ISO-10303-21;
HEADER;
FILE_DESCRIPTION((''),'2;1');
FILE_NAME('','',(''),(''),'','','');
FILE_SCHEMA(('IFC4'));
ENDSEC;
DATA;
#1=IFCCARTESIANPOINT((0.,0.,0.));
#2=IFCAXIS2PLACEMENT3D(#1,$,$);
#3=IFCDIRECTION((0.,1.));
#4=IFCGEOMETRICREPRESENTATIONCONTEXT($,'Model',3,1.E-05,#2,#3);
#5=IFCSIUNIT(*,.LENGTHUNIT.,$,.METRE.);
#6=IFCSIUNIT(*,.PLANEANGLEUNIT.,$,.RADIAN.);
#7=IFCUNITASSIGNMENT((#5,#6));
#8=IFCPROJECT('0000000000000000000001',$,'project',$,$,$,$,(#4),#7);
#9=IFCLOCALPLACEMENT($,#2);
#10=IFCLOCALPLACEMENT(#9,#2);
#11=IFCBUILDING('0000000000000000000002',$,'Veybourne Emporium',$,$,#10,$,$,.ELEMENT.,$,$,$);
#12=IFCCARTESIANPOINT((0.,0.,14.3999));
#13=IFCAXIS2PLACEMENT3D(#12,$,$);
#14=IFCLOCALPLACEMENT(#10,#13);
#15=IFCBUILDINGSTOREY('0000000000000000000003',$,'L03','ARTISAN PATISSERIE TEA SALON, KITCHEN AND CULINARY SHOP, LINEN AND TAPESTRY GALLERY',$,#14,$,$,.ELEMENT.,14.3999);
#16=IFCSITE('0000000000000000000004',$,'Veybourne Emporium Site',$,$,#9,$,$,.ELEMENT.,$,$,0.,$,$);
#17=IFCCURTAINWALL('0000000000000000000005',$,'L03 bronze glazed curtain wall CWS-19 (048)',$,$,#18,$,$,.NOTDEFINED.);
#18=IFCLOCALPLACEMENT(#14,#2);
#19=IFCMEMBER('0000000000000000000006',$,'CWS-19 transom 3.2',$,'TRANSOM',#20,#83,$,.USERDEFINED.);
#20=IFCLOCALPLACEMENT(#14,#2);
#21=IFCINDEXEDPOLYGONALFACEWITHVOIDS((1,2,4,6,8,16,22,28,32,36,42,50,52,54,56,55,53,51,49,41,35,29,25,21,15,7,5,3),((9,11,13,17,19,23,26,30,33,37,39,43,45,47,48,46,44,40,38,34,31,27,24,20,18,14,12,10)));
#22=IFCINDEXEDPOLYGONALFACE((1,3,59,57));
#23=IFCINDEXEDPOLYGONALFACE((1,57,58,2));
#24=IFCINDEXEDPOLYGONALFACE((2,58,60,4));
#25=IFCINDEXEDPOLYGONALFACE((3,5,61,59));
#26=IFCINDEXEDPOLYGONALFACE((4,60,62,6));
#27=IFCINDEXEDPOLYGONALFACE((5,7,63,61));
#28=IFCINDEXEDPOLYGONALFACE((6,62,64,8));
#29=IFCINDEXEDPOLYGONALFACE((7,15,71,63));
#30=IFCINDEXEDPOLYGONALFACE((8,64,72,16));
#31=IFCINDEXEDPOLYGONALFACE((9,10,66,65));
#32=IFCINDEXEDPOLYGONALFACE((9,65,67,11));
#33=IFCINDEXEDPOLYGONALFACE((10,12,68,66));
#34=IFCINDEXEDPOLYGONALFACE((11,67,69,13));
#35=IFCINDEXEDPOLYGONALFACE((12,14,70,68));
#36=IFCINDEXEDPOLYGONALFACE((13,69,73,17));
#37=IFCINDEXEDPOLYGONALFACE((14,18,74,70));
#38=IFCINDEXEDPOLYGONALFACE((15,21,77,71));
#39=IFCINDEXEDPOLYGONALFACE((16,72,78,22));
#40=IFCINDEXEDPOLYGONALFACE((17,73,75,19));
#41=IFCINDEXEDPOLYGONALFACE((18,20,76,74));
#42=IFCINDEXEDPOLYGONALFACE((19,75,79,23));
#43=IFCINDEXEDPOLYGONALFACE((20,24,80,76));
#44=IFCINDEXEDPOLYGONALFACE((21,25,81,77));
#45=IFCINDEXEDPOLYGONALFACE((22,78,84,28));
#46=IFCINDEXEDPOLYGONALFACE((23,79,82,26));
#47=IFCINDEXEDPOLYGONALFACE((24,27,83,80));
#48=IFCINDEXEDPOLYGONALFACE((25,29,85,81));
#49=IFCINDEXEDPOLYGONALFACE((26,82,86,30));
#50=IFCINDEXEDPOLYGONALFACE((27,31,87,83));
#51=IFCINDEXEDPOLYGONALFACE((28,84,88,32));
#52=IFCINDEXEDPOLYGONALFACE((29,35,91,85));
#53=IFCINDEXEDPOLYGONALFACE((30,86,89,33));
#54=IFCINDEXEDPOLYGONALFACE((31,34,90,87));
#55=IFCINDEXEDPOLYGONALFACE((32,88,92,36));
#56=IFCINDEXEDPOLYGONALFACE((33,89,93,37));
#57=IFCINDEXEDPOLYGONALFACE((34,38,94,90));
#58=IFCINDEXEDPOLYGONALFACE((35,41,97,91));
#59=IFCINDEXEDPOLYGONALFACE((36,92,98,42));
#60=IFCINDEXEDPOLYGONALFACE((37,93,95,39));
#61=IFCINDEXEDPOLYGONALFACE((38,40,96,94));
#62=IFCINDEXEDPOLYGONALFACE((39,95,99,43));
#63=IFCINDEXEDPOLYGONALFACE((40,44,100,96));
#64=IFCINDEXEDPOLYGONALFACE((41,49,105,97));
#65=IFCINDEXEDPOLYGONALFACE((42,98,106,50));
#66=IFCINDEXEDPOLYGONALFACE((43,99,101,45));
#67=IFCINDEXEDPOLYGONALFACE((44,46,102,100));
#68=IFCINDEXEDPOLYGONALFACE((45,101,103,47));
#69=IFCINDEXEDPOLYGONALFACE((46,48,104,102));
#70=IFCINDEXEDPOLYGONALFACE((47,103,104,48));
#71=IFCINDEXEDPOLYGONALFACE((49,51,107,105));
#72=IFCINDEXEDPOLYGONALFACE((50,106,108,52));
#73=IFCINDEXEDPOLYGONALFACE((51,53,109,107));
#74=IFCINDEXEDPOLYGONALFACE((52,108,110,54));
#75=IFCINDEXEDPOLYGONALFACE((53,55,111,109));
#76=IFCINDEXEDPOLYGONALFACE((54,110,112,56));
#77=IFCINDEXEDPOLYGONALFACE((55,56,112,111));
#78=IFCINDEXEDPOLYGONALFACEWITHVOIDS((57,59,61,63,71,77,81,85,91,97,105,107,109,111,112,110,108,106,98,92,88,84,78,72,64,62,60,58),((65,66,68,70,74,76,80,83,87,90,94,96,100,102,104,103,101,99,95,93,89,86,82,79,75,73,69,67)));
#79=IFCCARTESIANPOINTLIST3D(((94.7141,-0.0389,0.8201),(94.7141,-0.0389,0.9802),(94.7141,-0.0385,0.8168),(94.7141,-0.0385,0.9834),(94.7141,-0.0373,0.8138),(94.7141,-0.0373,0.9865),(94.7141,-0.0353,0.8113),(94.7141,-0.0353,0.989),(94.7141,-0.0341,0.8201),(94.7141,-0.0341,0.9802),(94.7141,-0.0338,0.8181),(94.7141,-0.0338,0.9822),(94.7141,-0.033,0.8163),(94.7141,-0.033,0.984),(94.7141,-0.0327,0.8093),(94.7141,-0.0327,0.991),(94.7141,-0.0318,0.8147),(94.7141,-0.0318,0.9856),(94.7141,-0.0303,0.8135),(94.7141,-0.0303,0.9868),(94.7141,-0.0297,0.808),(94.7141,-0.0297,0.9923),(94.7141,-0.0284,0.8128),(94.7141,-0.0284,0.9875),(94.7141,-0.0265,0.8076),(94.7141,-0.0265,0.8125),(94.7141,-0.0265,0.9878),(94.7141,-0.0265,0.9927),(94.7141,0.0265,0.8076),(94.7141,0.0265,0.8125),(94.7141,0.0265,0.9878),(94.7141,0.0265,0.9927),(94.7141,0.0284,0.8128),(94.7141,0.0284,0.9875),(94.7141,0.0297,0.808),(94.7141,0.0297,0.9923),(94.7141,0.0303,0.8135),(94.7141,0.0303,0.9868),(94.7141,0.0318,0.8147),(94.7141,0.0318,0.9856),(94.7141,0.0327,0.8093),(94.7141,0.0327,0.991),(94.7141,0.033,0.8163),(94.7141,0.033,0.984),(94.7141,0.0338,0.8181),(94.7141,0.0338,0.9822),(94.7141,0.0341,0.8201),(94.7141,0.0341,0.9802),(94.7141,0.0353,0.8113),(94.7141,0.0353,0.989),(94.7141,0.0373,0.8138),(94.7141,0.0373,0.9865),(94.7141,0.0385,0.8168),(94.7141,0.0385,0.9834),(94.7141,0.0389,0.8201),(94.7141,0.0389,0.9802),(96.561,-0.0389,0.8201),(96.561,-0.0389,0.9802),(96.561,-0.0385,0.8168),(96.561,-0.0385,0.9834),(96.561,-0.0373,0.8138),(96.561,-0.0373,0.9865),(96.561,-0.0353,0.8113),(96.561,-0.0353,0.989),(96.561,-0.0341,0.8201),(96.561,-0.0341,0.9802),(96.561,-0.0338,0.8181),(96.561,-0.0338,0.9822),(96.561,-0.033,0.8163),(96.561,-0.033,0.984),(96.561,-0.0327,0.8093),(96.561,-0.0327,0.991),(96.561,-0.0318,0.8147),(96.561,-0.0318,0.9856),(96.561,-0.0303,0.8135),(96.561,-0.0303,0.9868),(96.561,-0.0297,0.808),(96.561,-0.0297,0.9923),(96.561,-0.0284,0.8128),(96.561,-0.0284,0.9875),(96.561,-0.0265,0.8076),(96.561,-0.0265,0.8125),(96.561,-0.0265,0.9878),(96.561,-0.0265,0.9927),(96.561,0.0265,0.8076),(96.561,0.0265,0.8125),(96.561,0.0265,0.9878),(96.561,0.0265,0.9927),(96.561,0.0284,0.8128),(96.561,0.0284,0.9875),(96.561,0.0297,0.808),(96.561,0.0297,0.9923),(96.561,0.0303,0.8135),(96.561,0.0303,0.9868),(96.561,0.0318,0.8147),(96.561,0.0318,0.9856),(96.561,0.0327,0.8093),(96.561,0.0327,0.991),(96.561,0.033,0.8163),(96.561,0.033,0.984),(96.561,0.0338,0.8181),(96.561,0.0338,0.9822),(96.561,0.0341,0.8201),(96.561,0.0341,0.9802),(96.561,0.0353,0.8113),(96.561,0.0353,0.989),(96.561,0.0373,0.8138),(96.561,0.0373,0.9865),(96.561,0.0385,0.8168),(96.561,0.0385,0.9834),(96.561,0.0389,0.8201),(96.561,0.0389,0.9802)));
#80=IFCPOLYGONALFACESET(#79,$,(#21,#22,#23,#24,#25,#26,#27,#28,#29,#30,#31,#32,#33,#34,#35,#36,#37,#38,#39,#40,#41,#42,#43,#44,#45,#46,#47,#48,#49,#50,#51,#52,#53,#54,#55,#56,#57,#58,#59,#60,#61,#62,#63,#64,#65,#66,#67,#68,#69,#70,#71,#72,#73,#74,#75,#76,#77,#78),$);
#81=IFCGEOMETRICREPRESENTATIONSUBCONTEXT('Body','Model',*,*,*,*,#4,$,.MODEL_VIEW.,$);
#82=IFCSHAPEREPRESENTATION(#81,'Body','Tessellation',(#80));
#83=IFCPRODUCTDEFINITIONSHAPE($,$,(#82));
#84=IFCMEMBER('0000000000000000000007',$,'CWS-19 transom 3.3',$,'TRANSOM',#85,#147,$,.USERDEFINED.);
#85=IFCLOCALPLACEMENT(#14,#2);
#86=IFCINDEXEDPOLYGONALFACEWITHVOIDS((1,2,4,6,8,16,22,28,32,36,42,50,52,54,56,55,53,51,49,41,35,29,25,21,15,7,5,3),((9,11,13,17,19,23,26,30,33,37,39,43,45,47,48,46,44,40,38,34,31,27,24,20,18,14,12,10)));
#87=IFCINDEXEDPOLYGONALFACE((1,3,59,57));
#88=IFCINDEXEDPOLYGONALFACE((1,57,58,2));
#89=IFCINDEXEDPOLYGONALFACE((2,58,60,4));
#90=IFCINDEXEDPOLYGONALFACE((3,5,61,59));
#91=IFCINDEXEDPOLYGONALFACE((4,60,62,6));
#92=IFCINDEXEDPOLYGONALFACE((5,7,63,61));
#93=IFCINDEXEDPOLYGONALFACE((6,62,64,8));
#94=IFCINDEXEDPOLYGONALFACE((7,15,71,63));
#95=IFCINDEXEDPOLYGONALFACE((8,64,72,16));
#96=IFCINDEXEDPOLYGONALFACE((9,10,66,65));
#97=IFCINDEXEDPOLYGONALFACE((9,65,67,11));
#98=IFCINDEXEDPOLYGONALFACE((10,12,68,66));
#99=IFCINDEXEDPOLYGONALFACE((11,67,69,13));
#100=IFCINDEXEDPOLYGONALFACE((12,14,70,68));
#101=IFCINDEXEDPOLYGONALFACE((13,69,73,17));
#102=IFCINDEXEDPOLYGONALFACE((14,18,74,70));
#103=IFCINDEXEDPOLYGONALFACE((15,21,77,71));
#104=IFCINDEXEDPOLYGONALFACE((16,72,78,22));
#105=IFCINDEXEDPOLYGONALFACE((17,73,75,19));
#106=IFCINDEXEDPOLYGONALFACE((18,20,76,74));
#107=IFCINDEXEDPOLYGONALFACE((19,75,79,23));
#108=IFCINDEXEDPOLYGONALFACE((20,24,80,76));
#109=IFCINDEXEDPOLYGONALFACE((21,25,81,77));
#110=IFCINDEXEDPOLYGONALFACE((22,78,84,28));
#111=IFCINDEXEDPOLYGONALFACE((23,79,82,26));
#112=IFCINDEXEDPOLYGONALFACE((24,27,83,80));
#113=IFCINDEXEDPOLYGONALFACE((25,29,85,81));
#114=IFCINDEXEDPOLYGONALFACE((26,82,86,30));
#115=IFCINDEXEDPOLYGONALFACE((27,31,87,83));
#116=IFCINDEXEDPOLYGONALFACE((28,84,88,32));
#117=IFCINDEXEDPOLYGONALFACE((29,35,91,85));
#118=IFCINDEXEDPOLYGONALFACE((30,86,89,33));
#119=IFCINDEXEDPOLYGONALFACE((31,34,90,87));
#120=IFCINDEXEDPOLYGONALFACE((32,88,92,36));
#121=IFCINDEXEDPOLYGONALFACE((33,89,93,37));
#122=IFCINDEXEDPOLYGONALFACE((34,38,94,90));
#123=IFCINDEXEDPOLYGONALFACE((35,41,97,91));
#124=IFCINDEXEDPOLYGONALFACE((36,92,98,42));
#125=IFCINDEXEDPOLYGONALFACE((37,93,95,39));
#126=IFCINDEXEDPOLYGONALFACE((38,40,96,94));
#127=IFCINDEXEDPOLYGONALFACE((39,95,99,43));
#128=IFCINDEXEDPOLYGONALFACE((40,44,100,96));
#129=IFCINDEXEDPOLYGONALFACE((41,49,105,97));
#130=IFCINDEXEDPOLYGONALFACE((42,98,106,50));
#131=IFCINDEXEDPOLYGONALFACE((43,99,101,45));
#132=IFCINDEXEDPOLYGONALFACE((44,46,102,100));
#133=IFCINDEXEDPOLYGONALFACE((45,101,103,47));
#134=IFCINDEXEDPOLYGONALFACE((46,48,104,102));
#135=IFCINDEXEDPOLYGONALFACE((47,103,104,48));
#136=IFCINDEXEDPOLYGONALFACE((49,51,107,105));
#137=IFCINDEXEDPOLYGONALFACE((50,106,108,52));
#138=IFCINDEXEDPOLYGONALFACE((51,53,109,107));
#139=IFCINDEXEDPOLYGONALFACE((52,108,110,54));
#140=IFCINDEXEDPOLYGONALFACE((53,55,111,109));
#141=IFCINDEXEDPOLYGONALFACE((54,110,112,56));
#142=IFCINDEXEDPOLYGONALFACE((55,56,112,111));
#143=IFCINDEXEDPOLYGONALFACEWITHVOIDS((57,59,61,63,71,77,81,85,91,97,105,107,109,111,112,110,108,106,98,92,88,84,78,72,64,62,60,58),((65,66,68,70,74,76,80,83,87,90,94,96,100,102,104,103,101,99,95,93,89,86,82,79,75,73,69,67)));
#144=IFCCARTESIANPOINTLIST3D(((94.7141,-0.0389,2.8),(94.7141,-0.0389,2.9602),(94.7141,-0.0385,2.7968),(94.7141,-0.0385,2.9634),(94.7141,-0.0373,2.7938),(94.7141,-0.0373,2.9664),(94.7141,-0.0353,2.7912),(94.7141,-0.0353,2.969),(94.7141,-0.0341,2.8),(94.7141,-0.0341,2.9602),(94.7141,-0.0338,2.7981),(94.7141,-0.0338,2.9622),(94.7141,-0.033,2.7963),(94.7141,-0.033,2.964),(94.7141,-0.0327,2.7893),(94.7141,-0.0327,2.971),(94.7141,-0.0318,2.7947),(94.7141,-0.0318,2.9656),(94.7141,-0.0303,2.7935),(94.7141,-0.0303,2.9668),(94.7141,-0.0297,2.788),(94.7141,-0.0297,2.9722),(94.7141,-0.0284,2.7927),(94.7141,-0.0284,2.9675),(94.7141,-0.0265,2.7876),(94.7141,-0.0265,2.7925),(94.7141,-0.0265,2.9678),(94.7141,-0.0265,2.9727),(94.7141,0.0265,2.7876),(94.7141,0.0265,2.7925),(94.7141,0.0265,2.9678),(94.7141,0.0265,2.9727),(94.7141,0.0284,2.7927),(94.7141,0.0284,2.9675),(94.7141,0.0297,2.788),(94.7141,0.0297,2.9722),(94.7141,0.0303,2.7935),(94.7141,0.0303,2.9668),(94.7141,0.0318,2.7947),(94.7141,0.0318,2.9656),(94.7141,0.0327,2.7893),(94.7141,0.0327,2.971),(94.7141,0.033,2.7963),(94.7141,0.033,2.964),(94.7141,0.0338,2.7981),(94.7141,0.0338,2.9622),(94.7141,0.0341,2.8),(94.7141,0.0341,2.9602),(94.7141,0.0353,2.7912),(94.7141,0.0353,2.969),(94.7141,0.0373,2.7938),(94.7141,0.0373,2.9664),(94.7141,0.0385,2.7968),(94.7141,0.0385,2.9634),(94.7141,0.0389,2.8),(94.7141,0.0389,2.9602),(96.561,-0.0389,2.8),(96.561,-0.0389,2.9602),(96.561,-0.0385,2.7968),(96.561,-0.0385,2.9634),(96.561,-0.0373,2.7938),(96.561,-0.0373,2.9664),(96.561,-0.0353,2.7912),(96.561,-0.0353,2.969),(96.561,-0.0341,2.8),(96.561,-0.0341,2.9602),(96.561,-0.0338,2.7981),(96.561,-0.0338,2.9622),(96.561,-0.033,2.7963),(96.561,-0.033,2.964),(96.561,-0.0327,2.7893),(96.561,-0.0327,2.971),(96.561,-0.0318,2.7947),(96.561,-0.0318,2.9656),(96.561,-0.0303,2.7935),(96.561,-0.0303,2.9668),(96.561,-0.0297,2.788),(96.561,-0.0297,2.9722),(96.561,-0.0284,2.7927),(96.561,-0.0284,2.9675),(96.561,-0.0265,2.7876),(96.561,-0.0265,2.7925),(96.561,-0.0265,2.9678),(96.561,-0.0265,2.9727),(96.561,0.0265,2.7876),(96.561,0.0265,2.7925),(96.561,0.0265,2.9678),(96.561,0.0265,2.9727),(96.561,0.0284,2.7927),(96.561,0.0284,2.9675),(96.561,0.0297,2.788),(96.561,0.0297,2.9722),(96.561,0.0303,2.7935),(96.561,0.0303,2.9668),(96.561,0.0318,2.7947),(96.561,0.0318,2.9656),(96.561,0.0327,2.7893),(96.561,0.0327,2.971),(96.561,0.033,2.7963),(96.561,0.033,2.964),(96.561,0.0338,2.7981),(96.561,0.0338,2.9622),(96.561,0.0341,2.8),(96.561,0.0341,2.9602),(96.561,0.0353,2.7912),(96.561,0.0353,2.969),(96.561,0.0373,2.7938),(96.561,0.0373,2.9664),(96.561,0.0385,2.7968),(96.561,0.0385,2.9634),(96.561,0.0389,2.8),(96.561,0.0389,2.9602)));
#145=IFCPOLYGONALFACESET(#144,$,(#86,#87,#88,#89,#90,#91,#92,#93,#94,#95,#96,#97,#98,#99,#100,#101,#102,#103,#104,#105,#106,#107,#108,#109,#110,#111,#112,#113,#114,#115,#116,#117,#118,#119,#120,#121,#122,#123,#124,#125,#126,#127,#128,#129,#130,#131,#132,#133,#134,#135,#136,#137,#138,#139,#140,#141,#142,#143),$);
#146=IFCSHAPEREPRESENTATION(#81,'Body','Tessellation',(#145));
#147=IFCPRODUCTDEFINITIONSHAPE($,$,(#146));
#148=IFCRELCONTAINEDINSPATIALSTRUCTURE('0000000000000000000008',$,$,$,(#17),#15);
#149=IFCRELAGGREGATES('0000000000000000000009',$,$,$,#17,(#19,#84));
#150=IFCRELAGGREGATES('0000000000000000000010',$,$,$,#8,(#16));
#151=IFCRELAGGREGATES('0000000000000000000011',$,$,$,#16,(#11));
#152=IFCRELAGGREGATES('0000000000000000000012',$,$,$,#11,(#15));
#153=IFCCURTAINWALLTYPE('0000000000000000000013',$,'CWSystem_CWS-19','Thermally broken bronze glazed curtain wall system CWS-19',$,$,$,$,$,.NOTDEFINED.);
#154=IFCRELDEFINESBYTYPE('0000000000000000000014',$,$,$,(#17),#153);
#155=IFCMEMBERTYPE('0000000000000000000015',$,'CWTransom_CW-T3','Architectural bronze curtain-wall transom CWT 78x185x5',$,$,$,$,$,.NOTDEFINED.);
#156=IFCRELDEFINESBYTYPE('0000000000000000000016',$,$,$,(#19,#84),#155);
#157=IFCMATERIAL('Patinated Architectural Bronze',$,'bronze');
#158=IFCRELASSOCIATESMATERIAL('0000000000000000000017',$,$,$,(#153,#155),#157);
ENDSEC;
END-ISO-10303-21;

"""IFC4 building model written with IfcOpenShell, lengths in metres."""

from ifc_helpers import new_model, si_unit, direction, frame, origin, origin_2d, place, context, subcontext, project, spatial, hollow_rectangle, extrude, material, material_profile, profile_set, type_object, element, aggregate, save


model = new_model("IFC4")

# Units and contexts
model_context = context("Model", 3, precision=1e-05, world=origin(), true_north=direction((0.0, 1.0)))
body_context = subcontext(model_context, "Body", "Model", "MODEL_VIEW")
ifc_project = project(units=[si_unit("LENGTHUNIT", "METRE"), si_unit("PLANEANGLEUNIT", "RADIAN")], contexts=[model_context])

# Site, building, storey
site_placement = place(None, origin())
site = spatial("IfcSite", under=ifc_project, at=site_placement, Name="Veybourne Emporium Site", CompositionType="ELEMENT", RefElevation=0.0)
building_placement = place(site_placement, origin())
building = spatial("IfcBuilding", under=site, at=building_placement, Name="Veybourne Emporium", CompositionType="ELEMENT")
storey_placement = place(building_placement, frame((0.0, 0.0, 14.3999)))
storey = spatial("IfcBuildingStorey", under=building, at=storey_placement, Name="L03", Description="ARTISAN PATISSERIE TEA SALON, KITCHEN AND CULINARY SHOP, LINEN AND TAPESTRY GALLERY", CompositionType="ELEMENT", Elevation=14.3999)

# Curtain wall, members
ifc_material_1 = material(Name="Patinated Architectural Bronze", Category="bronze")
curtain_wall_type = type_object("IfcCurtainWallType", Name="CWSystem_CWS-19", Description="Thermally broken bronze glazed curtain wall system CWS-19", PredefinedType="NOTDEFINED", material=ifc_material_1)
curtain_wall_placement = place(storey_placement, origin())
curtain_wall = element("IfcCurtainWall", 1, at=curtain_wall_placement, inside=storey, type_object=curtain_wall_type, Name="L03 bronze glazed curtain wall CWS-19 (048)", PredefinedType="NOTDEFINED")
ifc_material_profile_1 = material_profile(ifc_material_1, hollow_rectangle(XDim=0.0779, YDim=0.1851, WallThickness=0.0049, InnerFilletRadius=0.0076, OuterFilletRadius=0.0125, at=origin_2d()), Name="CWT 78x185x5")
ifc_profile_set_1 = profile_set([ifc_material_profile_1], Name="Patinated Architectural Bronze")
member_type_1 = type_object("IfcMemberType", Name="CWTransom_CW-T3", Description="Architectural bronze curtain-wall transom CWT 78x185x5", PredefinedType="NOTDEFINED", material=ifc_profile_set_1)
member_1_placement = place(storey_placement, frame((96.561, 0.0, 0.9001), z_axis=(-1.0, 0.0, 0.0), x_axis=(0.0, -1.0, 0.0)))
member_1 = element("IfcMember", 2, at=member_1_placement, type_object=member_type_1, Name="CWS-19 transom 3.2", ObjectType="TRANSOM", PredefinedType="USERDEFINED", context=body_context, shape_type="SweptSolid", body=[
    extrude(hollow_rectangle(XDim=0.0779, YDim=0.1851, WallThickness=0.0049, InnerFilletRadius=0.0076, OuterFilletRadius=0.0125, at=origin_2d()), origin(), (0.0, 0.0, 1.0), 1.8469),
])
member_2_placement = place(storey_placement, frame((96.561, 0.0, 2.8801), z_axis=(-1.0, 0.0, 0.0), x_axis=(0.0, -1.0, 0.0)))
member_2 = element("IfcMember", 3, at=member_2_placement, type_object=member_type_1, Name="CWS-19 transom 3.3", ObjectType="TRANSOM", PredefinedType="USERDEFINED", context=body_context, shape_type="SweptSolid", body=[
    extrude(hollow_rectangle(XDim=0.0779, YDim=0.1851, WallThickness=0.0049, InnerFilletRadius=0.0076, OuterFilletRadius=0.0125, at=origin_2d()), origin(), (0.0, 0.0, 1.0), 1.8469),
])
aggregate(curtain_wall, [member_1, member_2])

save(model, "model.ifc")
